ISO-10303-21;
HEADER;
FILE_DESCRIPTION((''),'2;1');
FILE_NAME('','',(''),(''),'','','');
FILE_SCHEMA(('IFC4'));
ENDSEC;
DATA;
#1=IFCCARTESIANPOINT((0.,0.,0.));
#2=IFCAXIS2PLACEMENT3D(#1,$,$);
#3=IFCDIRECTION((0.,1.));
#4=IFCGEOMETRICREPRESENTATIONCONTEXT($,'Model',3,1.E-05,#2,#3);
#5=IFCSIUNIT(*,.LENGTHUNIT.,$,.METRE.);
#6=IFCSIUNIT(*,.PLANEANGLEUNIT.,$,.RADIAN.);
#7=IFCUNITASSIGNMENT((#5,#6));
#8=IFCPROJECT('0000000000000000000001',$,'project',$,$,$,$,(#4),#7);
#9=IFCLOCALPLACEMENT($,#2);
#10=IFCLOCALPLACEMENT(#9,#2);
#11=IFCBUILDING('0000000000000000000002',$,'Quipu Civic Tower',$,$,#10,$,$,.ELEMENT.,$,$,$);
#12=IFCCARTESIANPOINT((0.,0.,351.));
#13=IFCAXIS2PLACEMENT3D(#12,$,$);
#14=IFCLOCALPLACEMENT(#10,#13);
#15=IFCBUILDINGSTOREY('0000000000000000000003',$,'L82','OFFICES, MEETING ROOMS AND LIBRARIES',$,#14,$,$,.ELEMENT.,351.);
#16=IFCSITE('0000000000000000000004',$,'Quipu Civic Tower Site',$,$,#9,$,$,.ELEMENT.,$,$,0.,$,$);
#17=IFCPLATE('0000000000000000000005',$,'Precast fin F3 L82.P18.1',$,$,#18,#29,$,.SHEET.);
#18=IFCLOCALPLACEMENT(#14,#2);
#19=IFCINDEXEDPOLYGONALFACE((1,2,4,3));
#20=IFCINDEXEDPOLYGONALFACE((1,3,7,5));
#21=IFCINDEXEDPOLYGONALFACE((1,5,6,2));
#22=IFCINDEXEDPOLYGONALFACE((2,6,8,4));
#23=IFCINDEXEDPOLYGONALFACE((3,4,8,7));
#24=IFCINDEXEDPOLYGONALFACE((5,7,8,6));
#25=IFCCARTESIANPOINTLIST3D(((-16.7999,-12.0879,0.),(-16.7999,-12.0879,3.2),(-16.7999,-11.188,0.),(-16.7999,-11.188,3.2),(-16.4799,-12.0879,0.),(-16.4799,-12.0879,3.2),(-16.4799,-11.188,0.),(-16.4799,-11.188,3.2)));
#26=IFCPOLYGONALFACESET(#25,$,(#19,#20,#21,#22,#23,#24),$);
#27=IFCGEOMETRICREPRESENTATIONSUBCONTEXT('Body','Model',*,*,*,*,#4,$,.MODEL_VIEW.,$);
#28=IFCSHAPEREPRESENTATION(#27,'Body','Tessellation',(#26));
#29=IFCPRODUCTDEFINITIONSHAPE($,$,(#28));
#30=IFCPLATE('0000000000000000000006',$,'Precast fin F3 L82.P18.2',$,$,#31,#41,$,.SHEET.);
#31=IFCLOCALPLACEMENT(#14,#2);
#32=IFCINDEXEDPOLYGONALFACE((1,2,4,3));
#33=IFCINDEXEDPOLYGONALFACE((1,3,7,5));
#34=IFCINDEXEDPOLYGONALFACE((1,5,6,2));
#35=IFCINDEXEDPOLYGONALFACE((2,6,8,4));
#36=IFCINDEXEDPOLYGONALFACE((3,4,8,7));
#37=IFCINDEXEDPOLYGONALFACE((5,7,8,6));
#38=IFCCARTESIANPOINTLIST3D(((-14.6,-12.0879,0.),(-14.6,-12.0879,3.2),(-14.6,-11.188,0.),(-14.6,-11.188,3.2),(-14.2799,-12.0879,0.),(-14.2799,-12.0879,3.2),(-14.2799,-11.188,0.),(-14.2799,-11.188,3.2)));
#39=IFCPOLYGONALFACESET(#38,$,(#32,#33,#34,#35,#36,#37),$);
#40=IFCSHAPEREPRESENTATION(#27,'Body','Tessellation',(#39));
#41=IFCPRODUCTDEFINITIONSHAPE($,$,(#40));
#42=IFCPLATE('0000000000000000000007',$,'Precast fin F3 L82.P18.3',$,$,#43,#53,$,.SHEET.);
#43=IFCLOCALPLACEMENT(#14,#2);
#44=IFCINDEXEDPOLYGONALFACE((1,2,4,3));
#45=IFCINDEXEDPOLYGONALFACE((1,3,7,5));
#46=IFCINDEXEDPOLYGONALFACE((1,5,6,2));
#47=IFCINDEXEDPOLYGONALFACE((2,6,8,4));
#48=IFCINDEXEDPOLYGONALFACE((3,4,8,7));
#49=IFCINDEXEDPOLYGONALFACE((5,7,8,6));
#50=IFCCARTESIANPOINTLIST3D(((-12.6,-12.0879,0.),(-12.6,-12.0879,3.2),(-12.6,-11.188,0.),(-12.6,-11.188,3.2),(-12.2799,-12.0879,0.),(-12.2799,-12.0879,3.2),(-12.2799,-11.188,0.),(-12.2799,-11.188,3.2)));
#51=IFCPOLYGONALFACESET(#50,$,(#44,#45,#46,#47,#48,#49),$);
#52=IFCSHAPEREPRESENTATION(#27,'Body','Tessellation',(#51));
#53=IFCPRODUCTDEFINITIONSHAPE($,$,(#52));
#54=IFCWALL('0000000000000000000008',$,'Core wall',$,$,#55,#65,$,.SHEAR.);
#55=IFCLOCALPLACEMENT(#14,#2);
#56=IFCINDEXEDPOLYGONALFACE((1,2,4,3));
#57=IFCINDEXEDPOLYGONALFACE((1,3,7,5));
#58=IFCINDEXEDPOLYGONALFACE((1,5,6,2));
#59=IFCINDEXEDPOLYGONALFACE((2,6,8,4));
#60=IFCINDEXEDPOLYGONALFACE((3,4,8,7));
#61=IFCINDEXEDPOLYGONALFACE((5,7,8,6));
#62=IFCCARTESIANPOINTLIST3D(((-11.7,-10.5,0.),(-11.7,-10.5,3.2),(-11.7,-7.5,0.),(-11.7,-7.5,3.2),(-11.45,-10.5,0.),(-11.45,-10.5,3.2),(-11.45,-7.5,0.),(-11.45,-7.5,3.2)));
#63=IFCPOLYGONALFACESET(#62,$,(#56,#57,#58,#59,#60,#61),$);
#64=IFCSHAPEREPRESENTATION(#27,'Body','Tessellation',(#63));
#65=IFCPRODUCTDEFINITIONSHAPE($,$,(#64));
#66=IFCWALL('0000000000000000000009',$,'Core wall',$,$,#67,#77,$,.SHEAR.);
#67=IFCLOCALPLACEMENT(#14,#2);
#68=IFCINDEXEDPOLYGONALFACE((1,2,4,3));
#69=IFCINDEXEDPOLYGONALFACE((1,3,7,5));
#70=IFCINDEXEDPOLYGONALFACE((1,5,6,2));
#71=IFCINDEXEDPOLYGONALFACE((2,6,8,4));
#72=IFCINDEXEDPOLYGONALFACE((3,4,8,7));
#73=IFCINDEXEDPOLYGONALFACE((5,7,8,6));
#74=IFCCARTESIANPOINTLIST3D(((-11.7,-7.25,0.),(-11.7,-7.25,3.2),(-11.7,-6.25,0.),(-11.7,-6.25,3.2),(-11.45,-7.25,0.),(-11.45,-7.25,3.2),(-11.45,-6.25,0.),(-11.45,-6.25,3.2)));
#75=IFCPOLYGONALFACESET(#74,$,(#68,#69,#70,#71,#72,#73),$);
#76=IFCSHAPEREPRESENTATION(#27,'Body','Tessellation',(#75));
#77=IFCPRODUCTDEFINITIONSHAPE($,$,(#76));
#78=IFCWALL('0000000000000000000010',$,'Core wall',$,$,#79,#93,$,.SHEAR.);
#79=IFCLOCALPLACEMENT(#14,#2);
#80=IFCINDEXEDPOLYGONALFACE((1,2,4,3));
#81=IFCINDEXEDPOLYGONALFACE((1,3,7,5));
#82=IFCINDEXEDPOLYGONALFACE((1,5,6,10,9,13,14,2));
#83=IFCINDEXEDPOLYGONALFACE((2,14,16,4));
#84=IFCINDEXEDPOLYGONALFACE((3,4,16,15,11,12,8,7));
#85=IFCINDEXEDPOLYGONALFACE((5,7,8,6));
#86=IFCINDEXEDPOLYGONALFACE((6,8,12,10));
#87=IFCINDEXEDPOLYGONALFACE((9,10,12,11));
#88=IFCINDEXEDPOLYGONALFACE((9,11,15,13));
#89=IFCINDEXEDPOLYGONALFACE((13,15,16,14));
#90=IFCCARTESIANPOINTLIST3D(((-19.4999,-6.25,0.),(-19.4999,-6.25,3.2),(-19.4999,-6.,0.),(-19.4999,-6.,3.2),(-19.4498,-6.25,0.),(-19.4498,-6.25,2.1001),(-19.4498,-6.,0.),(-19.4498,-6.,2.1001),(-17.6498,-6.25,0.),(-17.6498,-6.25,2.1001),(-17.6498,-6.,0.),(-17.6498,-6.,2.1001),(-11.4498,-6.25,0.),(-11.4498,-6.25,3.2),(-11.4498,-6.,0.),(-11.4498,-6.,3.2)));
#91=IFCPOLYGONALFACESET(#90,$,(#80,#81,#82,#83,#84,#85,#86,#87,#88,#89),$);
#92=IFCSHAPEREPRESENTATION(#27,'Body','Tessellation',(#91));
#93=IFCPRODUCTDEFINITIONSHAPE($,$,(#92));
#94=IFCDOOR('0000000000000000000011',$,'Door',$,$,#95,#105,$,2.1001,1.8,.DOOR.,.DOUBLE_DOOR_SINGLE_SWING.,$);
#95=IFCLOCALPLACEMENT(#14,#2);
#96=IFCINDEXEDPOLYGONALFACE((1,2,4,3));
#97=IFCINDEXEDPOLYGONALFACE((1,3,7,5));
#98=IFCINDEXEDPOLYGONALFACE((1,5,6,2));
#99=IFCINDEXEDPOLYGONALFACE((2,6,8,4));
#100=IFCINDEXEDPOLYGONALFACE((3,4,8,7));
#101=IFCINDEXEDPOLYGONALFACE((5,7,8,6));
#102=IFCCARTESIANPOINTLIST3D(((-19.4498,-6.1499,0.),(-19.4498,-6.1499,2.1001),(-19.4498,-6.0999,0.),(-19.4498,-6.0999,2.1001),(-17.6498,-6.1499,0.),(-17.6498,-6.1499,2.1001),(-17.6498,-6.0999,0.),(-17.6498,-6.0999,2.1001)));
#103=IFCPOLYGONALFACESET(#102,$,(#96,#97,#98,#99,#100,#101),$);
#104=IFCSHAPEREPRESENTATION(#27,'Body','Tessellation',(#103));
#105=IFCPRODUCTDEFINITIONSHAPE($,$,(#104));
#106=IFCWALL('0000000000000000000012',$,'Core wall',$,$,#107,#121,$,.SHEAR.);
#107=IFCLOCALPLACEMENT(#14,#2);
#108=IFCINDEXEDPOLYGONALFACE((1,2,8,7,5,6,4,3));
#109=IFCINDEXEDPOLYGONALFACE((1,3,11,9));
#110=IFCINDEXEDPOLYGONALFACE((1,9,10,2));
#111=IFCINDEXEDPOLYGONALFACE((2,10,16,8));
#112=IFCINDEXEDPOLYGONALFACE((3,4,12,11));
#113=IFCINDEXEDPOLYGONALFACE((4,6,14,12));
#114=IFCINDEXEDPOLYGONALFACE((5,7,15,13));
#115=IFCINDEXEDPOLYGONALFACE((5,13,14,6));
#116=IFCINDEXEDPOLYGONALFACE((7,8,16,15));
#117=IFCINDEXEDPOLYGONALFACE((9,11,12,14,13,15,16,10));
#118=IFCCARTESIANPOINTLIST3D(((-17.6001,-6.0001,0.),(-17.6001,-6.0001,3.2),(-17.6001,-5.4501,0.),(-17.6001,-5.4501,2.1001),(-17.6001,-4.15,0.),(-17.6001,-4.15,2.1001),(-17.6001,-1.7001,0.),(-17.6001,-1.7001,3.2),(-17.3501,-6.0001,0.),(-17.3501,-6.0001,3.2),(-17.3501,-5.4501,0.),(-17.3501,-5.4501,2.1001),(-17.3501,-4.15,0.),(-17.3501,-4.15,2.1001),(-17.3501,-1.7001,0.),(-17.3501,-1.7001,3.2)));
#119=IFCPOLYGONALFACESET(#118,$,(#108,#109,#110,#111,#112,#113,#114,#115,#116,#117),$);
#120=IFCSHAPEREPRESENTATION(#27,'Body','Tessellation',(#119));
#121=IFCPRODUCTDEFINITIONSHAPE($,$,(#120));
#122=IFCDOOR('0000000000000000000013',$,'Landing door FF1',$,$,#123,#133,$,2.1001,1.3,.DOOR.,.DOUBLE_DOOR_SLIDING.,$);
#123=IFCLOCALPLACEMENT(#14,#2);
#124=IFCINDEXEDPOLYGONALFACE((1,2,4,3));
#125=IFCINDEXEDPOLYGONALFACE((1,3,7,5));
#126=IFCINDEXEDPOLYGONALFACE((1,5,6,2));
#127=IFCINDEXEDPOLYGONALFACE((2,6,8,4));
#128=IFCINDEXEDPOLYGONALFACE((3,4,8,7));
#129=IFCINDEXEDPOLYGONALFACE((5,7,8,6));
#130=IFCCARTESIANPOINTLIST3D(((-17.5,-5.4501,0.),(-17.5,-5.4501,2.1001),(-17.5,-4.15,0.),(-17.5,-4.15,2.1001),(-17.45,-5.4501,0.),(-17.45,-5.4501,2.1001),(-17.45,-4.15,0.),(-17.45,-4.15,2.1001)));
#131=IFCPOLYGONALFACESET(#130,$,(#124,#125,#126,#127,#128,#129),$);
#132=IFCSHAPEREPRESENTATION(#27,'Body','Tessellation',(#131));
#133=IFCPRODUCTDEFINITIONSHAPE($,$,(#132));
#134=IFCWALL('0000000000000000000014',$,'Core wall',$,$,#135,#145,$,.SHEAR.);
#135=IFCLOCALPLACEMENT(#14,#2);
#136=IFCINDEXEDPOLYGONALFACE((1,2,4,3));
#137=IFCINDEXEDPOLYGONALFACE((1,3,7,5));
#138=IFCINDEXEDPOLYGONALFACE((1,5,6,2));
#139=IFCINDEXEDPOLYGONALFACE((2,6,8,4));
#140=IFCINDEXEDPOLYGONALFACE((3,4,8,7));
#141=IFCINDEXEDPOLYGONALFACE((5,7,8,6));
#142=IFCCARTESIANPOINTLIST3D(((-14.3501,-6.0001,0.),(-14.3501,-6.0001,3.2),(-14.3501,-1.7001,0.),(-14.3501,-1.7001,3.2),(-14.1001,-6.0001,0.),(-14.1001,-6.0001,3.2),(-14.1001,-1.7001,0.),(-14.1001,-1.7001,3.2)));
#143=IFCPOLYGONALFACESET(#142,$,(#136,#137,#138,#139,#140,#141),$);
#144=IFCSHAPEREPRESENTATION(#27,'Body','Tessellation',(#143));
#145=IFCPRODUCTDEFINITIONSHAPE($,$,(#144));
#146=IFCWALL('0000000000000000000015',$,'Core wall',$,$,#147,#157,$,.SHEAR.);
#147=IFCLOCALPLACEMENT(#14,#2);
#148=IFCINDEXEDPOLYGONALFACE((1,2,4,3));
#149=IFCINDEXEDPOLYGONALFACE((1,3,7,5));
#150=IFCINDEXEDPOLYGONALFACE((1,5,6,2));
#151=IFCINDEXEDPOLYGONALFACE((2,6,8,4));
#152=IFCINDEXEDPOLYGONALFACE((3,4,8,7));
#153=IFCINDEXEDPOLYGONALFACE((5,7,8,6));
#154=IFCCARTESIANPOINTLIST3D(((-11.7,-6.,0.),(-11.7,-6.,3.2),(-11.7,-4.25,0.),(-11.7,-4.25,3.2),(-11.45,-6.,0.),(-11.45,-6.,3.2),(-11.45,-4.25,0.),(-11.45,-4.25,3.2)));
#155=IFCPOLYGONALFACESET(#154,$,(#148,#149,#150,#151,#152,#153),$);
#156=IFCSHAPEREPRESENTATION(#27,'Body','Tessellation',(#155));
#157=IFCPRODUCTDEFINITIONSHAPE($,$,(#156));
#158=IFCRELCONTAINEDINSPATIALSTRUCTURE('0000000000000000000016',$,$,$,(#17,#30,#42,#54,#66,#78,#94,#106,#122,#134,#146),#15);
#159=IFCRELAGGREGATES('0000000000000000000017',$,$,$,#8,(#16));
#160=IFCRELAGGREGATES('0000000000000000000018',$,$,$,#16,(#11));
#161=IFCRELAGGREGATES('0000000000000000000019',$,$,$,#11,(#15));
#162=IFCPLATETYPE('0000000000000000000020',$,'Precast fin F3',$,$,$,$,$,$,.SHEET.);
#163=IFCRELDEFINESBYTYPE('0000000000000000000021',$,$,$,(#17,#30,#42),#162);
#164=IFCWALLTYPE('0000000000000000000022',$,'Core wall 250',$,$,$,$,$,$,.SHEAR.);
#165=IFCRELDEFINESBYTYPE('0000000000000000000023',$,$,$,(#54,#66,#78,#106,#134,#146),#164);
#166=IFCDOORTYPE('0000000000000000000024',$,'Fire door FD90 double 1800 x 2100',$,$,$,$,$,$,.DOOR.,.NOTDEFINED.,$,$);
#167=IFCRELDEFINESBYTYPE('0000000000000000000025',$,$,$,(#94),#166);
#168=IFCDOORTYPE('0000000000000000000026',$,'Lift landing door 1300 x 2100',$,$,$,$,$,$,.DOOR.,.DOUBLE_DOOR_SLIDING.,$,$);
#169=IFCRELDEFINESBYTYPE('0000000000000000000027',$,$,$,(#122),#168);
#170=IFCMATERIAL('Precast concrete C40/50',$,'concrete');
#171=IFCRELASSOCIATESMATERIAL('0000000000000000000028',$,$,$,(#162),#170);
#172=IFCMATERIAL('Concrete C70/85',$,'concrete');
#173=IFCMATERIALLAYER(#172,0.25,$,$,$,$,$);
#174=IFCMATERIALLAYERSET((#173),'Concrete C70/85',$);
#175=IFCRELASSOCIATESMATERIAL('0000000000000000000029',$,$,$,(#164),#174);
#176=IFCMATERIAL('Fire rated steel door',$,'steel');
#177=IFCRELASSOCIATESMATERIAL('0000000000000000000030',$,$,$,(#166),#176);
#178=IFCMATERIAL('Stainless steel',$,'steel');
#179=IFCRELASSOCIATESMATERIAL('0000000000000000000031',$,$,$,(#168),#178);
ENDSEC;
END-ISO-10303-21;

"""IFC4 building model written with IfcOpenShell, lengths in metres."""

from ifc_helpers import new_model, si_unit, direction, frame, frame_2d, origin, origin_2d, place, context, subcontext, project, spatial, rectangle, extrude, material, layer, layer_set, type_object, element, fill, save


model = new_model("IFC4")

# Units and contexts
model_context = context("Model", 3, precision=1e-05, world=origin(), true_north=direction((0.0, 1.0)))
body_context = subcontext(model_context, "Body", "Model", "MODEL_VIEW")
ifc_project = project(units=[si_unit("LENGTHUNIT", "METRE"), si_unit("PLANEANGLEUNIT", "RADIAN")], contexts=[model_context])

# Site, building, storey
site_placement = place(None, origin())
site = spatial("IfcSite", under=ifc_project, at=site_placement, Name="Quipu Civic Tower Site", CompositionType="ELEMENT", RefElevation=0.0)
building_placement = place(site_placement, origin())
building = spatial("IfcBuilding", under=site, at=building_placement, Name="Quipu Civic Tower", CompositionType="ELEMENT")
storey_placement = place(building_placement, frame((0.0, 0.0, 351.0)))
storey = spatial("IfcBuildingStorey", under=building, at=storey_placement, Name="L82", Description="OFFICES, MEETING ROOMS AND LIBRARIES", CompositionType="ELEMENT", Elevation=351.0)

# Plates
ifc_material_1 = material(Name="Precast concrete C40/50", Category="concrete")
plate_type = type_object("IfcPlateType", Name="Precast fin F3", PredefinedType="SHEET", material=ifc_material_1)
for number, where, z_axis, x_axis, name in (
    (1, (-16.6399, -11.6379, 0.0), (0.0, 0.0, 1.0), (1.0, 0.0, 0.0), "Precast fin F3 L82.P18.1"),
    (2, (-14.4399, -11.6379, 0.0), (0.0, 0.0, 1.0), (1.0, 0.0, 0.0), "Precast fin F3 L82.P18.2"),
    (3, (-12.4399, -11.6379, 0.0), (0.0, 0.0, 1.0), (1.0, 0.0, 0.0), "Precast fin F3 L82.P18.3"),
):
    element("IfcPlate", number, at=place(storey_placement, frame(where, z_axis=z_axis, x_axis=x_axis)), inside=storey, type_object=plate_type, Name=name, PredefinedType="SHEET", context=body_context, shape_type="SweptSolid", body=[
        extrude(rectangle(XDim=0.3201, YDim=0.8999, at=origin_2d()), origin(), (0.0, 0.0, 1.0), 3.2),
    ])

# Walls
ifc_material_2 = material(Name="Concrete C70/85", Category="concrete")
ifc_layer_1 = layer(ifc_material_2, 0.25)
ifc_layer_set_1 = layer_set([ifc_layer_1], Name="Concrete C70/85")
wall_type_1 = type_object("IfcWallType", Name="Core wall 250", PredefinedType="SHEAR", material=ifc_layer_set_1)
wall_1_placement = place(storey_placement, frame((-11.575, -10.5, 0.0), z_axis=(0.0, 0.0, 1.0), x_axis=(0.0, 1.0, 0.0)))
element("IfcWall", 4, at=wall_1_placement, inside=storey, type_object=wall_type_1, Name="Core wall", PredefinedType="SHEAR", context=body_context, shape_type="SweptSolid", body=[
    extrude(rectangle(XDim=3.0, YDim=0.25, at=frame_2d((1.5, 0.0))), origin(), (0.0, 0.0, 1.0), 3.2),
])
wall_2_placement = place(storey_placement, frame((-11.575, -7.25, 0.0), z_axis=(0.0, 0.0, 1.0), x_axis=(0.0, 1.0, 0.0)))
element("IfcWall", 5, at=wall_2_placement, inside=storey, type_object=wall_type_1, Name="Core wall", PredefinedType="SHEAR", context=body_context, shape_type="SweptSolid", body=[
    extrude(rectangle(XDim=1.0, YDim=0.25, at=frame_2d((0.5, 0.0))), origin(), (0.0, 0.0, 1.0), 3.2),
])

# Walls, openings, doors
wall_3_placement = place(storey_placement, frame((-11.45, -6.125, 0.0), z_axis=(0.0, 0.0, 1.0), x_axis=(-1.0, 0.0, 0.0)))
wall_3 = element("IfcWall", 6, at=wall_3_placement, inside=storey, type_object=wall_type_1, Name="Core wall", PredefinedType="SHEAR", context=body_context, shape_type="SweptSolid", body=[
    extrude(rectangle(XDim=8.05, YDim=0.25, at=frame_2d((4.0249, 0.0))), origin(), (0.0, 0.0, 1.0), 3.2),
])
opening_1_placement = place(wall_3_placement, frame((6.2, 0.0, 0.0)))
opening_1 = element("IfcOpeningElement", 7, at=opening_1_placement, cuts=wall_3, PredefinedType="OPENING", context=body_context, shape_type="SweptSolid", body=[
    extrude(rectangle(XDim=1.8, YDim=2.1001, at=frame_2d((0.8999, 1.05))), frame((0.0, 0.135, 0.0), z_axis=(0.0, -1.0, 0.0), x_axis=(1.0, 0.0, 0.0)), (0.0, 0.0, 1.0), 0.27),
])
ifc_material_3 = material(Name="Fire rated steel door", Category="steel")
door_type_1 = type_object("IfcDoorType", Name="Fire door FD90 double 1800 x 2100", OperationType="NOTDEFINED", PredefinedType="DOOR", material=ifc_material_3)
door_1_placement = place(opening_1_placement, origin())
door_1 = element("IfcDoor", 8, at=door_1_placement, inside=storey, type_object=door_type_1, Name="Door", OperationType="DOUBLE_DOOR_SINGLE_SWING", OverallHeight=2.1001, OverallWidth=1.8, PredefinedType="DOOR", context=body_context, shape_type="SweptSolid", body=[
    extrude(rectangle(XDim=1.8, YDim=2.1001, at=frame_2d((0.8999, 1.05))), frame((0.0, 0.0249, 0.0), z_axis=(0.0, -1.0, 0.0), x_axis=(1.0, 0.0, 0.0)), (0.0, 0.0, 1.0), 0.05),
])
fill(opening_1, door_1)
wall_4_placement = place(storey_placement, frame((-17.4751, -6.0, 0.0), z_axis=(0.0, 0.0, 1.0), x_axis=(0.0, 1.0, 0.0)))
wall_4 = element("IfcWall", 9, at=wall_4_placement, inside=storey, type_object=wall_type_1, Name="Core wall", PredefinedType="SHEAR", context=body_context, shape_type="SweptSolid", body=[
    extrude(rectangle(XDim=4.3, YDim=0.25, at=frame_2d((2.1499, 0.0))), origin(), (0.0, 0.0, 1.0), 3.2),
])
opening_2_placement = place(wall_4_placement, frame((0.55, 0.0, 0.0)))
opening_2 = element("IfcOpeningElement", 10, at=opening_2_placement, cuts=wall_4, PredefinedType="OPENING", context=body_context, shape_type="SweptSolid", body=[
    extrude(rectangle(XDim=1.3, YDim=2.1001, at=frame_2d((0.6499, 1.05))), frame((0.0, 0.135, 0.0), z_axis=(0.0, -1.0, 0.0), x_axis=(1.0, 0.0, 0.0)), (0.0, 0.0, 1.0), 0.27),
])
ifc_material_4 = material(Name="Stainless steel", Category="steel")
door_type_2 = type_object("IfcDoorType", Name="Lift landing door 1300 x 2100", OperationType="DOUBLE_DOOR_SLIDING", PredefinedType="DOOR", material=ifc_material_4)
door_2_placement = place(opening_2_placement, origin())
door_2 = element("IfcDoor", 11, at=door_2_placement, inside=storey, type_object=door_type_2, Name="Landing door FF1", OperationType="DOUBLE_DOOR_SLIDING", OverallHeight=2.1001, OverallWidth=1.3, PredefinedType="DOOR", context=body_context, shape_type="SweptSolid", body=[
    extrude(rectangle(XDim=1.3, YDim=2.1001, at=frame_2d((0.6499, 1.05))), frame((0.0, 0.0249, 0.0), z_axis=(0.0, -1.0, 0.0), x_axis=(1.0, 0.0, 0.0)), (0.0, 0.0, 1.0), 0.05),
])
fill(opening_2, door_2)

# Walls
wall_5_placement = place(storey_placement, frame((-14.2251, -6.0, 0.0), z_axis=(0.0, 0.0, 1.0), x_axis=(0.0, 1.0, 0.0)))
element("IfcWall", 12, at=wall_5_placement, inside=storey, type_object=wall_type_1, Name="Core wall", PredefinedType="SHEAR", context=body_context, shape_type="SweptSolid", body=[
    extrude(rectangle(XDim=4.3, YDim=0.25, at=frame_2d((2.1499, 0.0))), origin(), (0.0, 0.0, 1.0), 3.2),
])
wall_6_placement = place(storey_placement, frame((-11.575, -6.0, 0.0), z_axis=(0.0, 0.0, 1.0), x_axis=(0.0, 1.0, 0.0)))
element("IfcWall", 13, at=wall_6_placement, inside=storey, type_object=wall_type_1, Name="Core wall", PredefinedType="SHEAR", context=body_context, shape_type="SweptSolid", body=[
    extrude(rectangle(XDim=1.75, YDim=0.25, at=frame_2d((0.875, 0.0))), origin(), (0.0, 0.0, 1.0), 3.2),
])

save(model, "model.ifc")
